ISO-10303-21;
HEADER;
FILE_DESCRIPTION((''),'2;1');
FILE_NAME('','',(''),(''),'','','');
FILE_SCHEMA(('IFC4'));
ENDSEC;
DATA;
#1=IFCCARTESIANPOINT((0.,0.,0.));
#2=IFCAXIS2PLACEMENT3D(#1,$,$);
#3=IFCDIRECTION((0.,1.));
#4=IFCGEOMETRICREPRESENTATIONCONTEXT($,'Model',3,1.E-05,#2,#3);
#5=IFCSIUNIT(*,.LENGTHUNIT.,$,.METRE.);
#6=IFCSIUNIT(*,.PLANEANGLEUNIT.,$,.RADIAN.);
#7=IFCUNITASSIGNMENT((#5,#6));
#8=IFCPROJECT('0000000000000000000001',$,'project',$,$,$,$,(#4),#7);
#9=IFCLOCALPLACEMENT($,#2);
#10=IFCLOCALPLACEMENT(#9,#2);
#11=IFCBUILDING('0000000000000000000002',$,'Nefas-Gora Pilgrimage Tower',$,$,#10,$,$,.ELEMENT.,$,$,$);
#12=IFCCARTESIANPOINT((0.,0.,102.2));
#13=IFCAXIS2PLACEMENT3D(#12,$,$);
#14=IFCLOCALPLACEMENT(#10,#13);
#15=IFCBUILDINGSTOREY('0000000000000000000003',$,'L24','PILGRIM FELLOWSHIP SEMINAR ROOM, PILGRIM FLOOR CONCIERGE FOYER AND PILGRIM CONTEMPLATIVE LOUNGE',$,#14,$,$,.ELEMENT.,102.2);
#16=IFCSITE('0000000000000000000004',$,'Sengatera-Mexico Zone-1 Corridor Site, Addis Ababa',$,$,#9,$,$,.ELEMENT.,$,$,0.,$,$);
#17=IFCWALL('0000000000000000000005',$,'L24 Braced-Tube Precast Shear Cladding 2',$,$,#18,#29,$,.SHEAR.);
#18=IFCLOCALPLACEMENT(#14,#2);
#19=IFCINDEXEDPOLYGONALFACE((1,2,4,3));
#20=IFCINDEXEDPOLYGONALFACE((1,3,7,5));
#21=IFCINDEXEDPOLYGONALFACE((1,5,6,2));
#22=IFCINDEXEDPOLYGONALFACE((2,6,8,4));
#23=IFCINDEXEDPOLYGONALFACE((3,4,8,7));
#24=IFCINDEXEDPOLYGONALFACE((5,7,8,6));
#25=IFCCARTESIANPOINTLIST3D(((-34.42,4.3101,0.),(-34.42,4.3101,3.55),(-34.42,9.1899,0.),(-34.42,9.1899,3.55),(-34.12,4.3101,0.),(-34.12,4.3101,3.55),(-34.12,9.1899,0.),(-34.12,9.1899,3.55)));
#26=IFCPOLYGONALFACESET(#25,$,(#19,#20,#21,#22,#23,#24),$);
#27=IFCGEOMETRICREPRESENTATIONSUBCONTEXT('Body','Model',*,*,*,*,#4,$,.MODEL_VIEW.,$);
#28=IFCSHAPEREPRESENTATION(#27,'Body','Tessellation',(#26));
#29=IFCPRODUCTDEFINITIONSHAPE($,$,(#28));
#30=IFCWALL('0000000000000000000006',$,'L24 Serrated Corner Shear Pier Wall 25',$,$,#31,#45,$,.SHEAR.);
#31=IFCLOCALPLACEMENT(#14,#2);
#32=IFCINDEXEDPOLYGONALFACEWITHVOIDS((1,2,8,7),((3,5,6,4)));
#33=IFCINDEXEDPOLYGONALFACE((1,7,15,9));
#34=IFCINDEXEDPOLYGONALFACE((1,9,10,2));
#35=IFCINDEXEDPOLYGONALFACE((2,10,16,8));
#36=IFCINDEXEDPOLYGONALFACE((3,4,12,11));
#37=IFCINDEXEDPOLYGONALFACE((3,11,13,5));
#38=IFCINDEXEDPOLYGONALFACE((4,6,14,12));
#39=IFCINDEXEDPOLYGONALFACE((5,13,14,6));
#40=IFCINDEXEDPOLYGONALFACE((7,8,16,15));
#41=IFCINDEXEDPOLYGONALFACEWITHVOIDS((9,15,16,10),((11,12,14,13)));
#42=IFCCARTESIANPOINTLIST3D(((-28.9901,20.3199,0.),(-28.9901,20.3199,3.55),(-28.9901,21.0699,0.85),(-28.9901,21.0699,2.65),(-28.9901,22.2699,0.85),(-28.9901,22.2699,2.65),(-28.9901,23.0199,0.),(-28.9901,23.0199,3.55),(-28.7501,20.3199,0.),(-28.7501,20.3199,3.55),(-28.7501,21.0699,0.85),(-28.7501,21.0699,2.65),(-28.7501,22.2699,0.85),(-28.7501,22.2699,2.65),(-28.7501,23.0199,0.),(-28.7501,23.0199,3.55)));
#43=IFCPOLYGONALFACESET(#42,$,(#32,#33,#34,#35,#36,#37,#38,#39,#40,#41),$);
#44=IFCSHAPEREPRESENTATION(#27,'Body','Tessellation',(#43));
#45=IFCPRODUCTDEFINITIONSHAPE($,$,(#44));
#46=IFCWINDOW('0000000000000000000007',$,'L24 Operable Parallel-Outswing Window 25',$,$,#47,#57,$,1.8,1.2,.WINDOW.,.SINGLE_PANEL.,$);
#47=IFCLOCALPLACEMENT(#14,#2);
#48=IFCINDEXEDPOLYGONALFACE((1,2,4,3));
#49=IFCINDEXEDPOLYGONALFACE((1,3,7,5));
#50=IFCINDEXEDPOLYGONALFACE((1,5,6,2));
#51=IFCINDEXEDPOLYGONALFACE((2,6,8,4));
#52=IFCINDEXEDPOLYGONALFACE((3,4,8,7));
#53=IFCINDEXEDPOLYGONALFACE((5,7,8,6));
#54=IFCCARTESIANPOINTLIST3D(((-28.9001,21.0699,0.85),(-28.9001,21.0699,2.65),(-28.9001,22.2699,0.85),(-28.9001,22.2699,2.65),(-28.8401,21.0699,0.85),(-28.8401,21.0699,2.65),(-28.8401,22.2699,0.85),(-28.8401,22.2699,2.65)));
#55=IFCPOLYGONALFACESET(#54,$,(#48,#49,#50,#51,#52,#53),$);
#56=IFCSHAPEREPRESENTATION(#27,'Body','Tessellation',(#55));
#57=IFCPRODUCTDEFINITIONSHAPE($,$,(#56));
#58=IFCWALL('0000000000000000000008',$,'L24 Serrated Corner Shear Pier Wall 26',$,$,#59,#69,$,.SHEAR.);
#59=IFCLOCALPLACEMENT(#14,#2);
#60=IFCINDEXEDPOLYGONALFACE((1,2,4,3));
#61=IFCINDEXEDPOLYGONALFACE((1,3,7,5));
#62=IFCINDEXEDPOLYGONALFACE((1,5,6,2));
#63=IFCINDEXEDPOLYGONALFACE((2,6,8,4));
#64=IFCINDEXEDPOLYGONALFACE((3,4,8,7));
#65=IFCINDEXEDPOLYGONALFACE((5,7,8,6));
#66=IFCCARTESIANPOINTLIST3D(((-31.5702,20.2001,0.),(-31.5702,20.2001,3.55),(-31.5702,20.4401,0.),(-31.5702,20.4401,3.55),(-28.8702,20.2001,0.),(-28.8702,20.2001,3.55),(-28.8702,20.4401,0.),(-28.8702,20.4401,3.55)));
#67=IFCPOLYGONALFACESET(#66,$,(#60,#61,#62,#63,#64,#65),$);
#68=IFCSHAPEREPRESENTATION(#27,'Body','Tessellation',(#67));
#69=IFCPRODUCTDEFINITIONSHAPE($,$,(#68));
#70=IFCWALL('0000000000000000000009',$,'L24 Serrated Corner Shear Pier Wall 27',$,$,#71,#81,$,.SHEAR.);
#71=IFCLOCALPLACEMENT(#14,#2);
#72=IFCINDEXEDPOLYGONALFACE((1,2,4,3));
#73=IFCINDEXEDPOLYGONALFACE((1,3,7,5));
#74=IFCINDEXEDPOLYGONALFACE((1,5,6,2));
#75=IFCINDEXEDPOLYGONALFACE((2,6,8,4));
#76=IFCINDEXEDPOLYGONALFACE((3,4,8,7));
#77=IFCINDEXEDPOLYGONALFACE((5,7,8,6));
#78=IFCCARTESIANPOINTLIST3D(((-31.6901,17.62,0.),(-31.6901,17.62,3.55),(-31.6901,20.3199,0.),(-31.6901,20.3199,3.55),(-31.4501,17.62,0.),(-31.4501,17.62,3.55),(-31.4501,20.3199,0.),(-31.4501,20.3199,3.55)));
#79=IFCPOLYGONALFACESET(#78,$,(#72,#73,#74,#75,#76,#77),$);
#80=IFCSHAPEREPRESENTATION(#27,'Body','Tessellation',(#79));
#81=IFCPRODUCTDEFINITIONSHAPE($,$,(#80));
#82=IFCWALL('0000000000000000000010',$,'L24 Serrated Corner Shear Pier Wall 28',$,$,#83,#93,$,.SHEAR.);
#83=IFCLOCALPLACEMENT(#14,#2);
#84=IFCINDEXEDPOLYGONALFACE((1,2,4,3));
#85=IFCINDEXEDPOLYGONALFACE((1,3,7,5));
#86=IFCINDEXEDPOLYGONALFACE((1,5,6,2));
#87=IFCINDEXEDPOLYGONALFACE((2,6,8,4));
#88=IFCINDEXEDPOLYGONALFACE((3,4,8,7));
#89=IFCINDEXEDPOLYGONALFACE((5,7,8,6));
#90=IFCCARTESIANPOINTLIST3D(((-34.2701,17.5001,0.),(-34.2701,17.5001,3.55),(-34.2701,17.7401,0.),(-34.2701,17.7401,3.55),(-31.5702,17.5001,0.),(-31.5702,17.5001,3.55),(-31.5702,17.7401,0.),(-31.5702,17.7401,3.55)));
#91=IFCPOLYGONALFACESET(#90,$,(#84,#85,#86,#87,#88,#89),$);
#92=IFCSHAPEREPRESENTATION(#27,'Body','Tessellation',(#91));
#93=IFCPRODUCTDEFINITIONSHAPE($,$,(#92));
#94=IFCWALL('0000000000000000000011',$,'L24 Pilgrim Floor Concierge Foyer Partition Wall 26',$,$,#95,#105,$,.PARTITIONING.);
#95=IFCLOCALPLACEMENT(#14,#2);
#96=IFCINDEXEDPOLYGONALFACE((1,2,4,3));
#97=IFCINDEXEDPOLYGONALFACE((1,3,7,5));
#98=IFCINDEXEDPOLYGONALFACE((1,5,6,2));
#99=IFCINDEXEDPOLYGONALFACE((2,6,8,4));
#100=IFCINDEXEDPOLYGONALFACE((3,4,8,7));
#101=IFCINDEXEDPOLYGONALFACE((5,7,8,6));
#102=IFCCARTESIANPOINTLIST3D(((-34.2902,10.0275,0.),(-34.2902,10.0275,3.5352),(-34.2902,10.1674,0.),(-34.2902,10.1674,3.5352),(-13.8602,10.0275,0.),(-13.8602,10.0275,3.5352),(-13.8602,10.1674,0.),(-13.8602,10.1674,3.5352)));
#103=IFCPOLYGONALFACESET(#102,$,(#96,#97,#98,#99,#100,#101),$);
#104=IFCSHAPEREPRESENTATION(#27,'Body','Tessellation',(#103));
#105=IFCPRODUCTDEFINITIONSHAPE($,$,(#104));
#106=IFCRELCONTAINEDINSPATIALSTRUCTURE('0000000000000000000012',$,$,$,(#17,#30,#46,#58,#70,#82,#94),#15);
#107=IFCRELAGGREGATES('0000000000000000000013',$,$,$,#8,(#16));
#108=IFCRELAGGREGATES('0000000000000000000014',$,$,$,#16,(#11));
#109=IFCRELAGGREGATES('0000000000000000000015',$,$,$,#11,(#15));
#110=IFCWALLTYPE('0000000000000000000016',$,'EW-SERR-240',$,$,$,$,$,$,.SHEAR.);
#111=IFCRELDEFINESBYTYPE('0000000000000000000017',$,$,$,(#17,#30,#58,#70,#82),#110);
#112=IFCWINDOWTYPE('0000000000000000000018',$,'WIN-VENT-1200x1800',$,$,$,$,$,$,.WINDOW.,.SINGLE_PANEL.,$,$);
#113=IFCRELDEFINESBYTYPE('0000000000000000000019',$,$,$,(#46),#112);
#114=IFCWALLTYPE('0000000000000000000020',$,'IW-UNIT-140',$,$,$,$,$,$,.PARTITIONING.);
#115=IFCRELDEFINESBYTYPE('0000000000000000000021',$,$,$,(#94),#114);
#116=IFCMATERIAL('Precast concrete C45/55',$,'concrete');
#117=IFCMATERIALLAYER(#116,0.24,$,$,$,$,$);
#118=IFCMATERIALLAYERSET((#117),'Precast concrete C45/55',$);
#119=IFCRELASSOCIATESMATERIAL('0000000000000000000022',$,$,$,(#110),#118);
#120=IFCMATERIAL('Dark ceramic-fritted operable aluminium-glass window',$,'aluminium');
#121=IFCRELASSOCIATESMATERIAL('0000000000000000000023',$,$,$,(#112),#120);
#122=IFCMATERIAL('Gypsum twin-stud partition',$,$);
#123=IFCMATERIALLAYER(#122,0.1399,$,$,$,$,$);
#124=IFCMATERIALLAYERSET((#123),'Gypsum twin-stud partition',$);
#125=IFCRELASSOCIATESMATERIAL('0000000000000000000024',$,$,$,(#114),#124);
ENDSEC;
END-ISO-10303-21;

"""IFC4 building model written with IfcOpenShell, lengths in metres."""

from ifc_helpers import new_model, si_unit, direction, frame, frame_2d, origin, place, context, subcontext, project, spatial, rectangle, extrude, source, transform, mapped, material, layer, layer_set, type_object, element, fill, save


model = new_model("IFC4")

# Units and contexts
model_context = context("Model", 3, precision=1e-05, world=origin(), true_north=direction((0.0, 1.0)))
body_context = subcontext(model_context, "Body", "Model", "MODEL_VIEW")
ifc_project = project(units=[si_unit("LENGTHUNIT", "METRE"), si_unit("PLANEANGLEUNIT", "RADIAN")], contexts=[model_context])

# Site, building, storey
site_placement = place(None, origin())
site = spatial("IfcSite", under=ifc_project, at=site_placement, Name="Sengatera-Mexico Zone-1 Corridor Site, Addis Ababa", CompositionType="ELEMENT", RefElevation=0.0)
building_placement = place(site_placement, origin())
building = spatial("IfcBuilding", under=site, at=building_placement, Name="Nefas-Gora Pilgrimage Tower", CompositionType="ELEMENT")
storey_placement = place(building_placement, frame((0.0, 0.0, 102.2)))
storey = spatial("IfcBuildingStorey", under=building, at=storey_placement, Name="L24", Description="PILGRIM FELLOWSHIP SEMINAR ROOM, PILGRIM FLOOR CONCIERGE FOYER AND PILGRIM CONTEMPLATIVE LOUNGE", CompositionType="ELEMENT", Elevation=102.2)

# Wall
ifc_material_1 = material(Name="Precast concrete C45/55", Category="concrete")
ifc_layer_1 = layer(ifc_material_1, 0.24)
ifc_layer_set_1 = layer_set([ifc_layer_1], Name="Precast concrete C45/55")
wall_type_1 = type_object("IfcWallType", Name="EW-SERR-240", PredefinedType="SHEAR", material=ifc_layer_set_1)
shared_shape_1 = source(origin(), body_context, "Body", "SweptSolid", [
    extrude(rectangle(XDim=4.8799, YDim=0.3, at=frame_2d((2.4399, 0.0))), origin(), (0.0, 0.0, 1.0), 3.55),
])
wall_1_placement = place(storey_placement, frame((-34.27, 4.3101, 0.0), z_axis=(0.0, 0.0, 1.0), x_axis=(0.0, 1.0, 0.0)))
element("IfcWall", 1, at=wall_1_placement, inside=storey, type_object=wall_type_1, Name="L24 Braced-Tube Precast Shear Cladding 2", PredefinedType="SHEAR", context=body_context, shape_type="MappedRepresentation", body=[
    mapped(shared_shape_1, transform((0.0, 0.0, 0.0), x_axis=(1.0, 0.0, 0.0), y_axis=(0.0, 1.0, 0.0), z_axis=(0.0, 0.0, 1.0), scale=1.0)),
])

# Wall, opening, window
shared_shape_2 = source(origin(), body_context, "Body", "SweptSolid", [
    extrude(rectangle(XDim=2.7, YDim=0.24, at=frame_2d((1.3501, 0.0))), origin(), (0.0, 0.0, 1.0), 3.55),
])
wall_2_placement = place(storey_placement, frame((-28.8701, 23.02, 0.0), z_axis=(0.0, 0.0, 1.0), x_axis=(0.0, -1.0, 0.0)))
wall_2 = element("IfcWall", 2, at=wall_2_placement, inside=storey, type_object=wall_type_1, Name="L24 Serrated Corner Shear Pier Wall 25", PredefinedType="SHEAR", context=body_context, shape_type="MappedRepresentation", body=[
    mapped(shared_shape_2, transform((0.0, 0.0, 0.0), x_axis=(1.0, 0.0, 0.0), y_axis=(0.0, 1.0, 0.0), z_axis=(0.0, 0.0, 1.0), scale=1.0)),
])
opening_placement = place(wall_2_placement, frame((0.75, 0.0, 0.8501)))
opening = element("IfcOpeningElement", 3, at=opening_placement, cuts=wall_2, PredefinedType="OPENING", context=body_context, shape_type="SweptSolid", body=[
    extrude(rectangle(XDim=1.2, YDim=1.8, at=frame_2d((0.6001, 0.8999))), frame((0.0, 0.1299, 0.0), z_axis=(0.0, -1.0, 0.0), x_axis=(1.0, 0.0, 0.0)), (0.0, 0.0, 1.0), 0.26),
])
ifc_material_2 = material(Name="Dark ceramic-fritted operable aluminium-glass window", Category="aluminium")
window_type = type_object("IfcWindowType", Name="WIN-VENT-1200x1800", PartitioningType="SINGLE_PANEL", PredefinedType="WINDOW", material=ifc_material_2)
shared_shape_3 = source(origin(), body_context, "Body", "SweptSolid", [
    extrude(rectangle(XDim=1.2, YDim=1.8, at=frame_2d((0.6001, 0.8999))), frame((0.0, 0.03, 0.0), z_axis=(0.0, -1.0, 0.0), x_axis=(1.0, 0.0, 0.0)), (0.0, 0.0, 1.0), 0.0601),
])
window_placement = place(opening_placement, origin())
window = element("IfcWindow", 4, at=window_placement, inside=storey, type_object=window_type, Name="L24 Operable Parallel-Outswing Window 25", OverallHeight=1.8, OverallWidth=1.2, PartitioningType="SINGLE_PANEL", PredefinedType="WINDOW", context=body_context, shape_type="MappedRepresentation", body=[
    mapped(shared_shape_3, transform((0.0, 0.0, 0.0), x_axis=(1.0, 0.0, 0.0), y_axis=(0.0, 1.0, 0.0), z_axis=(0.0, 0.0, 1.0), scale=1.0)),
])
fill(opening, window)

# Walls
for number, where, z_axis, x_axis, name in (
    (5, (-28.8701, 20.3201, 0.0), (0.0, 0.0, 1.0), (-1.0, 0.0, 0.0), "L24 Serrated Corner Shear Pier Wall 26"),
    (6, (-31.5701, 20.3201, 0.0), (0.0, 0.0, 1.0), (0.0, -1.0, 0.0), "L24 Serrated Corner Shear Pier Wall 27"),
    (7, (-31.5701, 17.6201, 0.0), (0.0, 0.0, 1.0), (-1.0, 0.0, 0.0), "L24 Serrated Corner Shear Pier Wall 28"),
):
    element("IfcWall", number, at=place(storey_placement, frame(where, z_axis=z_axis, x_axis=x_axis)), inside=storey, type_object=wall_type_1, Name=name, PredefinedType="SHEAR", context=body_context, shape_type="MappedRepresentation", body=[
        mapped(shared_shape_2, transform((0.0, 0.0, 0.0), x_axis=(1.0, 0.0, 0.0), y_axis=(0.0, 1.0, 0.0), z_axis=(0.0, 0.0, 1.0), scale=1.0)),
    ])
ifc_material_3 = material(Name="Gypsum twin-stud partition")
ifc_layer_2 = layer(ifc_material_3, 0.1399)
ifc_layer_set_2 = layer_set([ifc_layer_2], Name="Gypsum twin-stud partition")
wall_type_2 = type_object("IfcWallType", Name="IW-UNIT-140", PredefinedType="PARTITIONING", material=ifc_layer_set_2)
shared_shape_4 = source(origin(), body_context, "Body", "SweptSolid", [
    extrude(rectangle(XDim=20.4299, YDim=0.1399, at=frame_2d((10.2148, 0.0))), origin(), (0.0, 0.0, 1.0), 3.5352),
])
wall_3_placement = place(storey_placement, frame((-34.29, 10.0974, 0.0), z_axis=(0.0, 0.0, 1.0), x_axis=(1.0, 0.0, 0.0)))
element("IfcWall", 8, at=wall_3_placement, inside=storey, type_object=wall_type_2, Name="L24 Pilgrim Floor Concierge Foyer Partition Wall 26", PredefinedType="PARTITIONING", context=body_context, shape_type="MappedRepresentation", body=[
    mapped(shared_shape_4, transform((0.0, 0.0, 0.0), x_axis=(1.0, 0.0, 0.0), y_axis=(0.0, 1.0, 0.0), z_axis=(0.0, 0.0, 1.0), scale=1.0)),
])

save(model, "model.ifc")
